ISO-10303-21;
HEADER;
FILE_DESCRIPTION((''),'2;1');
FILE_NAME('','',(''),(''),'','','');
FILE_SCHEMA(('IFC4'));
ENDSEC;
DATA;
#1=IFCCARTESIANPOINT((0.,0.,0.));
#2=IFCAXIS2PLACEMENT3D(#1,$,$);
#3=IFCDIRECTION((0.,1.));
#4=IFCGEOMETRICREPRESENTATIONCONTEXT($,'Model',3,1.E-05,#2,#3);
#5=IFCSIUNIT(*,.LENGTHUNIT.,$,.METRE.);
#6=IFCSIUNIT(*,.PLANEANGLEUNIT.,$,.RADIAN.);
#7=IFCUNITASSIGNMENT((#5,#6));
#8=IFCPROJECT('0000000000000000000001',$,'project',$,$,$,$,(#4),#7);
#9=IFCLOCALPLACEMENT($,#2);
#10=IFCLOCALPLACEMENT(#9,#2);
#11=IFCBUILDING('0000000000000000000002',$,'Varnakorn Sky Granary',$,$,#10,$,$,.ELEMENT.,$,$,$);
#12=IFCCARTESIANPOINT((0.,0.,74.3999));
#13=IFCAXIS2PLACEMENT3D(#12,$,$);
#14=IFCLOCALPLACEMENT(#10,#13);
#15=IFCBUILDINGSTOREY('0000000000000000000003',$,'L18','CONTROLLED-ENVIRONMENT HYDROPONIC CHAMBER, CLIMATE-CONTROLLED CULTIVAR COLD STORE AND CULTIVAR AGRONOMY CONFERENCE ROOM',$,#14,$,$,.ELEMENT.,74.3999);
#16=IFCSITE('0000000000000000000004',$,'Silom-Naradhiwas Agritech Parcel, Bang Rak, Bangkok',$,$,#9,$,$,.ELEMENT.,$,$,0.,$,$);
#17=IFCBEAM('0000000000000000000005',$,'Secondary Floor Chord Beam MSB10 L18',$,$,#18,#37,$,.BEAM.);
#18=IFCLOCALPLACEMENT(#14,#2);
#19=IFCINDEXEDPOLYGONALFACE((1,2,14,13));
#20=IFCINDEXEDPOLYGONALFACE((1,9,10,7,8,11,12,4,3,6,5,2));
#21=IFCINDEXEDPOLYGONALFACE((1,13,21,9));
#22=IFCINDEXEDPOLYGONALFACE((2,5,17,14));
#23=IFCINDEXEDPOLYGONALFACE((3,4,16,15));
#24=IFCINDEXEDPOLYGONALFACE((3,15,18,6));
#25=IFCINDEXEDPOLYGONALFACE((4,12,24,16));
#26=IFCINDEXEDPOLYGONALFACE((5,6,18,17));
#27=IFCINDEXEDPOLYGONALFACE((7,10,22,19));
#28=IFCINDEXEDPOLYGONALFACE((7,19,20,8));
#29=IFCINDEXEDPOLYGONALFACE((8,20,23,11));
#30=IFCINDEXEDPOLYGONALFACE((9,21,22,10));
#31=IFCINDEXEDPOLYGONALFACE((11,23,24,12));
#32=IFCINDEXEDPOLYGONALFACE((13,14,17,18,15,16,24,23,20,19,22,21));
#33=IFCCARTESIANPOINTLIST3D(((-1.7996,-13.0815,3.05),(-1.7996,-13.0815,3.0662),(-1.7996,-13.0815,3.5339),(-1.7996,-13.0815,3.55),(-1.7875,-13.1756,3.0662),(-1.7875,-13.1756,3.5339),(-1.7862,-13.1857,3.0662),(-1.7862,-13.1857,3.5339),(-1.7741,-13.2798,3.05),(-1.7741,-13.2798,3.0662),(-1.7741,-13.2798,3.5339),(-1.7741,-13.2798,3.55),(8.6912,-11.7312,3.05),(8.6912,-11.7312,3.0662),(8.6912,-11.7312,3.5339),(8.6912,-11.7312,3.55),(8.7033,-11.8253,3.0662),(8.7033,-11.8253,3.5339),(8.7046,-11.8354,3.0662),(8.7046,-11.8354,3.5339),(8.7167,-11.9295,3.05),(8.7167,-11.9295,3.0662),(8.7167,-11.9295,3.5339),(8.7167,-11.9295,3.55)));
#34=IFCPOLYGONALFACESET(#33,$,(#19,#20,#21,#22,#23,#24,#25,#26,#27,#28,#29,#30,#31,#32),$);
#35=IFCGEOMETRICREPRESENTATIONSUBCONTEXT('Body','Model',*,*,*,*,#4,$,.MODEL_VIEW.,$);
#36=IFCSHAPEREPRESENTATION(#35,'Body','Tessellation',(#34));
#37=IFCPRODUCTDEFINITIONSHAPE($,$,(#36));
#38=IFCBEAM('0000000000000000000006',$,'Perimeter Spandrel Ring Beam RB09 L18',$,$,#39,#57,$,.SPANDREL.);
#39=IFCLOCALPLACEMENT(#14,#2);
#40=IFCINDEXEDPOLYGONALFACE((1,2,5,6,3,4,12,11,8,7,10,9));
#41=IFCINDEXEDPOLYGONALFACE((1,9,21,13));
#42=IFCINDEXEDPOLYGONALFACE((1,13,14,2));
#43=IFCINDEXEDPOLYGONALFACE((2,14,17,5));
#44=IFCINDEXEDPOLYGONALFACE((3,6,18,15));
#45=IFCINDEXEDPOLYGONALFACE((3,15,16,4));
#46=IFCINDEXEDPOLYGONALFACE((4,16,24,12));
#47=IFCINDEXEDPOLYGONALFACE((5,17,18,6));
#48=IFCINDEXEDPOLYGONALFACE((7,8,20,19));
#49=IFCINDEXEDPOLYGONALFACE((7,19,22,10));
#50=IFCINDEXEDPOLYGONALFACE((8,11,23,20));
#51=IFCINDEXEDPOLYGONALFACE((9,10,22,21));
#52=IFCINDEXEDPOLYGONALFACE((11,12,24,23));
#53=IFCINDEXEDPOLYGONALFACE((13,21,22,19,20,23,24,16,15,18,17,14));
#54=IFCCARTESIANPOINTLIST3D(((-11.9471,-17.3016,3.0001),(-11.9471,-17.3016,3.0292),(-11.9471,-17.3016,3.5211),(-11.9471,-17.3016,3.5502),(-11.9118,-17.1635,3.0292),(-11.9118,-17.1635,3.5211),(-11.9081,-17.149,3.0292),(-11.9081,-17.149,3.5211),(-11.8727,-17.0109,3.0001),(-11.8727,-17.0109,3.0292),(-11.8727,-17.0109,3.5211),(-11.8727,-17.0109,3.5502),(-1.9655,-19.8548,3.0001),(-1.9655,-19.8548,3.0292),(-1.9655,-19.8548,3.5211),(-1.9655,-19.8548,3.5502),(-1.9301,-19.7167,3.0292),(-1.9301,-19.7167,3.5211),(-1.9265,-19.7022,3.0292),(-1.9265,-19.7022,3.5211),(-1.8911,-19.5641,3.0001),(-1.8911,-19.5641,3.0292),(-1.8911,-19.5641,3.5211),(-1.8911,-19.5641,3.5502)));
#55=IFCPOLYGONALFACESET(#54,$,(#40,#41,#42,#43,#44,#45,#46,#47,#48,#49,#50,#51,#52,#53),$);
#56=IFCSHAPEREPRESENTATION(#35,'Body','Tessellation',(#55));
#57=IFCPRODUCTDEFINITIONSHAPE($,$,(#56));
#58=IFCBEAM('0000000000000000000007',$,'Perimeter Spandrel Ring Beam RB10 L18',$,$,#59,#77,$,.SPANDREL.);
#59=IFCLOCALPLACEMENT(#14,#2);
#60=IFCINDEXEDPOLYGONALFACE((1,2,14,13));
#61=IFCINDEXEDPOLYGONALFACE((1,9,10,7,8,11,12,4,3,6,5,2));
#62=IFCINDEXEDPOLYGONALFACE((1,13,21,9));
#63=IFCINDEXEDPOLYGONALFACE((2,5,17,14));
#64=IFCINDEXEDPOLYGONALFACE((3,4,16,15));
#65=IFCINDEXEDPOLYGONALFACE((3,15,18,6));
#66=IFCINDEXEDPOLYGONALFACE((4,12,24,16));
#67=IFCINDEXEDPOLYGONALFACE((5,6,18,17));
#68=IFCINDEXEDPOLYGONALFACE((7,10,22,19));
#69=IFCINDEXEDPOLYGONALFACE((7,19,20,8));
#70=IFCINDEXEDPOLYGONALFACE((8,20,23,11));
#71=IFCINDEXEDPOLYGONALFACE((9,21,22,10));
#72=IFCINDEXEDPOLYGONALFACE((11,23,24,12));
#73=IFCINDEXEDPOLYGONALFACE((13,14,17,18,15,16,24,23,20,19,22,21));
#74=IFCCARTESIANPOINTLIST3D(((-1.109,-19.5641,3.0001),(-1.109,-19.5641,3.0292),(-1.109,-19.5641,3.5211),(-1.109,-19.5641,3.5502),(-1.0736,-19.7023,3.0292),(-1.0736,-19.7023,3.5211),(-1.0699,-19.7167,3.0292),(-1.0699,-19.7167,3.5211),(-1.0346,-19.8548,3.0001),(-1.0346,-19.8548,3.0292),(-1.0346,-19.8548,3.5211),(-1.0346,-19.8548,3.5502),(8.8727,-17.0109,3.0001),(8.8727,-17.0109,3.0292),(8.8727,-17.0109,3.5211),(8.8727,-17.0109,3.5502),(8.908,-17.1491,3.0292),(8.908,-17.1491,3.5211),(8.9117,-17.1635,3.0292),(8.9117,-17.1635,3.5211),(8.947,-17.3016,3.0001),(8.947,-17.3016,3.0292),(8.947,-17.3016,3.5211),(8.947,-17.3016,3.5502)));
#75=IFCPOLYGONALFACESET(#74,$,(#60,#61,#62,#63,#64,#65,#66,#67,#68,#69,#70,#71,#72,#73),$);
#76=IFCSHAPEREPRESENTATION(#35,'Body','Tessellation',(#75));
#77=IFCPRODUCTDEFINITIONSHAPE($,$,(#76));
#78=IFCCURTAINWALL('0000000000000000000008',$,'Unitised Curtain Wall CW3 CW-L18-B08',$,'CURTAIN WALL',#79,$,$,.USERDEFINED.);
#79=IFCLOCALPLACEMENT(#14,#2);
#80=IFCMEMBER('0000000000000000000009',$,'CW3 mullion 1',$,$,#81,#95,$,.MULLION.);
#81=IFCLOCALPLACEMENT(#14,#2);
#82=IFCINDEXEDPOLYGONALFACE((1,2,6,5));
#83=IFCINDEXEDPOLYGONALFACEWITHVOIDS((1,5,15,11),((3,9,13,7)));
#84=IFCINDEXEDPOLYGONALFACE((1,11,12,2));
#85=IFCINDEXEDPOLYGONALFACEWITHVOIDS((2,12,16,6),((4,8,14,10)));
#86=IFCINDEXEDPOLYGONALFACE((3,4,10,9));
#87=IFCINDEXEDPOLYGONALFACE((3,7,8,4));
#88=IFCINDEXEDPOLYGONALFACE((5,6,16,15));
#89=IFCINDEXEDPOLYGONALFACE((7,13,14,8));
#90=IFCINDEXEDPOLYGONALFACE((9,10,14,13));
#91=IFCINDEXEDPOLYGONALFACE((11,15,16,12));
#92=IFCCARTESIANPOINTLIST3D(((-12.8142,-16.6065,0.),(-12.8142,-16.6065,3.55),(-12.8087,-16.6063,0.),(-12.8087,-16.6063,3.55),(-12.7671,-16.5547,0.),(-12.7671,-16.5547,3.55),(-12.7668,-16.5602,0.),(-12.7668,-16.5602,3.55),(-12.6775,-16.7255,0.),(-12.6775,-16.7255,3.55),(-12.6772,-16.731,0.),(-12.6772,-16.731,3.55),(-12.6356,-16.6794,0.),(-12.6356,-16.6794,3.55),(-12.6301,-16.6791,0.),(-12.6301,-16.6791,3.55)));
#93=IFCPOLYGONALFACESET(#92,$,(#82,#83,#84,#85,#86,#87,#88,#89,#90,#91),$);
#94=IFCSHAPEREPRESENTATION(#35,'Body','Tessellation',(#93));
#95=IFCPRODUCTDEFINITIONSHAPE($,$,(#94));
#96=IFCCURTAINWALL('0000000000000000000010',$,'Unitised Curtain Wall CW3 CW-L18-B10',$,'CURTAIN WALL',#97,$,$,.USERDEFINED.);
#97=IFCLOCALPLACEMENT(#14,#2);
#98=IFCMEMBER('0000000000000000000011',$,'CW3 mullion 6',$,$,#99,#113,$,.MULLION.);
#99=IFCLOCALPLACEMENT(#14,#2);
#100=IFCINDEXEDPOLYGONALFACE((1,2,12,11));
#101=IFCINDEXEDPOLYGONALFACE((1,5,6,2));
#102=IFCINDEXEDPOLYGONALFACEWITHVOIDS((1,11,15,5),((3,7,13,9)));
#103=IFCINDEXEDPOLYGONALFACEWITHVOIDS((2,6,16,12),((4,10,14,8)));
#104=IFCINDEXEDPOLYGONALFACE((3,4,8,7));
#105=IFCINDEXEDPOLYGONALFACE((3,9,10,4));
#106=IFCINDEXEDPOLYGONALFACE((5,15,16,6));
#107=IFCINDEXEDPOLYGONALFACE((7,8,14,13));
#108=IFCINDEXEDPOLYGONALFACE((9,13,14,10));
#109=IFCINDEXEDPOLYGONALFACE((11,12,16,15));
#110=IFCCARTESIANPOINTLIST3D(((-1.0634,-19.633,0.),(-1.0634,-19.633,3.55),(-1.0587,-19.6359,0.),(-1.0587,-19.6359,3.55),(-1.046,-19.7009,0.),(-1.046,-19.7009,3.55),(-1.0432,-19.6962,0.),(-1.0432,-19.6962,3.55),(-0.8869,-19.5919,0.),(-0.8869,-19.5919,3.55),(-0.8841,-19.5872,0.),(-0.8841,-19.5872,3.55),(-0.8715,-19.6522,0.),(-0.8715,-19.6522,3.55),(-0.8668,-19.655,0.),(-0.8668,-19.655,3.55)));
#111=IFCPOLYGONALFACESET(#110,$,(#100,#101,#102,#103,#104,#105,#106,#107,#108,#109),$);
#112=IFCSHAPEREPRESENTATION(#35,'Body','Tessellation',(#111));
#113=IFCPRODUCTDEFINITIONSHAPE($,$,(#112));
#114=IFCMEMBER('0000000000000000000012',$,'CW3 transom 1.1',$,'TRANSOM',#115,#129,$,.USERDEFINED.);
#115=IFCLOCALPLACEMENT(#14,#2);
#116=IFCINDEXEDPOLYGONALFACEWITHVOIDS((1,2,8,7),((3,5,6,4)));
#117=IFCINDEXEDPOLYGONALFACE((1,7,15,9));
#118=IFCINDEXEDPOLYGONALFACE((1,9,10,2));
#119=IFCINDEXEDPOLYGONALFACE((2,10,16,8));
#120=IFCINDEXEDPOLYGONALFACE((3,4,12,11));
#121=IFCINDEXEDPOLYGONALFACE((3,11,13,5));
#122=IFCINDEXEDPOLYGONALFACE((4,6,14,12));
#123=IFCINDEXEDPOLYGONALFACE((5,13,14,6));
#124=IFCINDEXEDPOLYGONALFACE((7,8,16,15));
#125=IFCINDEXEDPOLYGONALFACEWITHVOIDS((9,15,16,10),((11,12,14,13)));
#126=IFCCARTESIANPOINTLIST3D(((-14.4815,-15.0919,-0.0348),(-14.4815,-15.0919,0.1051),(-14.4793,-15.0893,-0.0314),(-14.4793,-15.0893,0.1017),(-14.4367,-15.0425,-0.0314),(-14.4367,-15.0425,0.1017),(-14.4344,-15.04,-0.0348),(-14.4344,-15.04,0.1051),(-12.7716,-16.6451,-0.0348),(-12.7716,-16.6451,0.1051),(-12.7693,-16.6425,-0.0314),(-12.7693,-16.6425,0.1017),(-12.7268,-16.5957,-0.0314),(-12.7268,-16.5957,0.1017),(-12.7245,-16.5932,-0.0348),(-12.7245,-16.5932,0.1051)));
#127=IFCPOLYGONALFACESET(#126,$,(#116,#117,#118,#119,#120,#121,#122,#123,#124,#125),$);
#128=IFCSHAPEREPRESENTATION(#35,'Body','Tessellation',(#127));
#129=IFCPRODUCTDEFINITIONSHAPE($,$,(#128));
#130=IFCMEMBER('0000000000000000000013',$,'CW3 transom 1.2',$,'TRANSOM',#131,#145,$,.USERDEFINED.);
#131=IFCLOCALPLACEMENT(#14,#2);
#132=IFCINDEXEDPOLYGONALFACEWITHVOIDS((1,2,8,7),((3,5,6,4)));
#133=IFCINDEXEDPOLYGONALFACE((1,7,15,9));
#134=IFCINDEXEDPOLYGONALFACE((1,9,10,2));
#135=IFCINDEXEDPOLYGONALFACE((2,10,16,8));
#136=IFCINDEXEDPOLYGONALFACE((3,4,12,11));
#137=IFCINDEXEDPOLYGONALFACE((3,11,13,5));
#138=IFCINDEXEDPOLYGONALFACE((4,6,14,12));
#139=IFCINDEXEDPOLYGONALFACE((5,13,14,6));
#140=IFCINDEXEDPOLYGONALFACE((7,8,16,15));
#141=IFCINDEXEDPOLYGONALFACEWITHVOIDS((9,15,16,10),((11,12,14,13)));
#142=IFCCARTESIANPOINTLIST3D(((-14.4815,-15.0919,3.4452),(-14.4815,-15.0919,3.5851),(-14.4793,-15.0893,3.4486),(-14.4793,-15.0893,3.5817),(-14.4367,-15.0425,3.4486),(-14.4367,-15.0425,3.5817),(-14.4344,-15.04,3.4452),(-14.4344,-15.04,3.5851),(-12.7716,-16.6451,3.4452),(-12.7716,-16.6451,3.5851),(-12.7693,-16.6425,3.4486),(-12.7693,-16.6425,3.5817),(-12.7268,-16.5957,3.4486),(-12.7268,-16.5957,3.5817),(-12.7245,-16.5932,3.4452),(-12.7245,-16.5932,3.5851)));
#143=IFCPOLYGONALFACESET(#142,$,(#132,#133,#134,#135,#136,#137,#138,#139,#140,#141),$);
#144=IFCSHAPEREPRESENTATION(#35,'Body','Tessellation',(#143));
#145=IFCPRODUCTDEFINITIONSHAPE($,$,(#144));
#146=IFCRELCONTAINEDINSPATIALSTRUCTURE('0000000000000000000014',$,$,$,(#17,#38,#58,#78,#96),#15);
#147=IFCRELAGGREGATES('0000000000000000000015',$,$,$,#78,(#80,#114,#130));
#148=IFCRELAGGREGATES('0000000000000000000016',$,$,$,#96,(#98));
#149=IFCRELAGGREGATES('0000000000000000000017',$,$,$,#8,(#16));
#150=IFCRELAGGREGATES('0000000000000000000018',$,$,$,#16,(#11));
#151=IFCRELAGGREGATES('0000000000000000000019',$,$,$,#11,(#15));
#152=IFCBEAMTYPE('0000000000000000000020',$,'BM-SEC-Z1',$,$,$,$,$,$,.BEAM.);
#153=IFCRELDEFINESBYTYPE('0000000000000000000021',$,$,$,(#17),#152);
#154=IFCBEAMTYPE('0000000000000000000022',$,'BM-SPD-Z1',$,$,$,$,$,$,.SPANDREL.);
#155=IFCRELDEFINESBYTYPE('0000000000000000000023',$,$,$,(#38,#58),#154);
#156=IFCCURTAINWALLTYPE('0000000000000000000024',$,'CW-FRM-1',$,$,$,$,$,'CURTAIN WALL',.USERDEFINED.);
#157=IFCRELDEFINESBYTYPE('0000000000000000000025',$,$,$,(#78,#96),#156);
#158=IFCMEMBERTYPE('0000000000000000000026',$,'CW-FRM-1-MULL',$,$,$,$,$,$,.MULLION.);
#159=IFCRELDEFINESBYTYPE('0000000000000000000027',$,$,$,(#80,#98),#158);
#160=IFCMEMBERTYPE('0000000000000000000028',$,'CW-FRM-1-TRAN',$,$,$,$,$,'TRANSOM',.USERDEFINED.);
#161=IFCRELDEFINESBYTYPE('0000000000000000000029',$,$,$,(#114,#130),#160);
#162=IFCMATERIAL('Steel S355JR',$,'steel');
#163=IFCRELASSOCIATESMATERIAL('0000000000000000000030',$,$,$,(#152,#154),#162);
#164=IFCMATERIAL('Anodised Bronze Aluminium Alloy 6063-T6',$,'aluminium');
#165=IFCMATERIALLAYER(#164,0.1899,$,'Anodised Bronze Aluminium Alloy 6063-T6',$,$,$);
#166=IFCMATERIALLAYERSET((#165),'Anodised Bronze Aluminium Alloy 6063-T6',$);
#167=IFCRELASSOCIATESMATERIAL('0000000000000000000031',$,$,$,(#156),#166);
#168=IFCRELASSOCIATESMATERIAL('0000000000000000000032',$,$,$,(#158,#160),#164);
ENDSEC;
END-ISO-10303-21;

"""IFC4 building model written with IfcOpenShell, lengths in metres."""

from ifc_helpers import new_model, si_unit, direction, frame, origin, origin_2d, place, context, subcontext, project, spatial, hollow_rectangle, i_section, extrude, material, layer, layer_set, material_profile, profile_set, type_object, element, aggregate, save


model = new_model("IFC4")

# Units and contexts
model_context = context("Model", 3, precision=1e-05, world=origin(), true_north=direction((0.0, 1.0)))
body_context = subcontext(model_context, "Body", "Model", "MODEL_VIEW")
ifc_project = project(units=[si_unit("LENGTHUNIT", "METRE"), si_unit("PLANEANGLEUNIT", "RADIAN")], contexts=[model_context])

# Site, building, storey
site_placement = place(None, origin())
site = spatial("IfcSite", under=ifc_project, at=site_placement, Name="Silom-Naradhiwas Agritech Parcel, Bang Rak, Bangkok", CompositionType="ELEMENT", RefElevation=0.0)
building_placement = place(site_placement, origin())
building = spatial("IfcBuilding", under=site, at=building_placement, Name="Varnakorn Sky Granary", CompositionType="ELEMENT")
storey_placement = place(building_placement, frame((0.0, 0.0, 74.3999)))
storey = spatial("IfcBuildingStorey", under=building, at=storey_placement, Name="L18", Description="CONTROLLED-ENVIRONMENT HYDROPONIC CHAMBER, CLIMATE-CONTROLLED CULTIVAR COLD STORE AND CULTIVAR AGRONOMY CONFERENCE ROOM", CompositionType="ELEMENT", Elevation=74.3999)

# Beams
ifc_material_1 = material(Name="Steel S355JR", Category="steel")
ifc_material_profile_1 = material_profile(ifc_material_1, i_section(OverallWidth=0.2, OverallDepth=0.5, WebThickness=0.0103, FlangeThickness=0.0161, at=origin_2d()), Name="IPE 500")
ifc_profile_set_1 = profile_set([ifc_material_profile_1], Name="Steel S355JR")
beam_type_1 = type_object("IfcBeamType", Name="BM-SEC-Z1", PredefinedType="BEAM", material=ifc_profile_set_1)
beam_1_placement = place(storey_placement, frame((-1.7869, -13.1807, 3.3), z_axis=(0.991818, 0.127662, 0.0), x_axis=(-0.127662, 0.991818, 0.0)))
element("IfcBeam", 1, at=beam_1_placement, inside=storey, type_object=beam_type_1, Name="Secondary Floor Chord Beam MSB10 L18", PredefinedType="BEAM", context=body_context, shape_type="SweptSolid", body=[
    extrude(i_section(OverallWidth=0.2, OverallDepth=0.5, WebThickness=0.0103, FlangeThickness=0.0161, at=origin_2d()), origin(), (0.0, 0.0, 1.0), 10.5774),
])
ifc_material_profile_2 = material_profile(ifc_material_1, i_section(OverallWidth=0.3, OverallDepth=0.55, WebThickness=0.0149, FlangeThickness=0.0291, at=origin_2d()), Name="HE 550 B")
ifc_profile_set_2 = profile_set([ifc_material_profile_2], Name="Steel S355JR")
beam_type_2 = type_object("IfcBeamType", Name="BM-SPD-Z1", PredefinedType="SPANDREL", material=ifc_profile_set_2)
for number, where, z_axis, x_axis, name in (
    (2, (-11.9099, -17.1562, 3.2751), (0.968808, -0.247812, 0.0), (0.247812, 0.968808, 0.0), "Perimeter Spandrel Ring Beam RB09 L18"),
    (3, (-1.0718, -19.7095, 3.2751), (0.968808, 0.247812, 0.0), (-0.247812, 0.968808, 0.0), "Perimeter Spandrel Ring Beam RB10 L18"),
):
    element("IfcBeam", number, at=place(storey_placement, frame(where, z_axis=z_axis, x_axis=x_axis)), inside=storey, type_object=beam_type_2, Name=name, PredefinedType="SPANDREL", context=body_context, shape_type="SweptSolid", body=[
        extrude(i_section(OverallWidth=0.3, OverallDepth=0.55, WebThickness=0.0149, FlangeThickness=0.0291, at=origin_2d()), origin(), (0.0, 0.0, 1.0), 10.303),
    ])

# Curtain walls, members
ifc_material_2 = material(Name="Anodised Bronze Aluminium Alloy 6063-T6", Category="aluminium")
ifc_layer_1 = layer(ifc_material_2, 0.1899, Name="Anodised Bronze Aluminium Alloy 6063-T6")
ifc_layer_set_1 = layer_set([ifc_layer_1], Name="Anodised Bronze Aluminium Alloy 6063-T6")
curtain_wall_type = type_object("IfcCurtainWallType", Name="CW-FRM-1", ElementType="CURTAIN WALL", PredefinedType="USERDEFINED", material=ifc_layer_set_1)
curtain_wall_1_placement = place(storey_placement, origin())
curtain_wall_1 = element("IfcCurtainWall", 4, at=curtain_wall_1_placement, inside=storey, type_object=curtain_wall_type, Name="Unitised Curtain Wall CW3 CW-L18-B08", ObjectType="CURTAIN WALL", PredefinedType="USERDEFINED")
ifc_material_profile_3 = material_profile(ifc_material_2, hollow_rectangle(XDim=0.0701, YDim=0.1851, WallThickness=0.0039, at=origin_2d()), Name="ALU MULL 70x185")
ifc_profile_set_3 = profile_set([ifc_material_profile_3], Name="Anodised Bronze Aluminium Alloy 6063-T6")
member_type_1 = type_object("IfcMemberType", Name="CW-FRM-1-MULL", PredefinedType="MULLION", material=ifc_profile_set_3)
member_1_placement = place(storey_placement, frame((-12.7222, -16.6428, 0.0), z_axis=(0.0, 0.0, 1.0), x_axis=(-0.672398, -0.74019, 0.0)))
member_1 = element("IfcMember", 5, at=member_1_placement, type_object=member_type_1, Name="CW3 mullion 1", PredefinedType="MULLION", context=body_context, shape_type="SweptSolid", body=[
    extrude(hollow_rectangle(XDim=0.0701, YDim=0.1851, WallThickness=0.0039, at=origin_2d()), origin(), (0.0, 0.0, 1.0), 3.55),
])
curtain_wall_2_placement = place(storey_placement, origin())
curtain_wall_2 = element("IfcCurtainWall", 6, at=curtain_wall_2_placement, inside=storey, type_object=curtain_wall_type, Name="Unitised Curtain Wall CW3 CW-L18-B10", ObjectType="CURTAIN WALL", PredefinedType="USERDEFINED")
member_2_placement = place(storey_placement, frame((-0.9651, -19.644, 0.0), z_axis=(0.0, 0.0, 1.0), x_axis=(0.247901, -0.968785, 0.0)))
member_2 = element("IfcMember", 7, at=member_2_placement, type_object=member_type_1, Name="CW3 mullion 6", PredefinedType="MULLION", context=body_context, shape_type="SweptSolid", body=[
    extrude(hollow_rectangle(XDim=0.0701, YDim=0.1851, WallThickness=0.0039, at=origin_2d()), origin(), (0.0, 0.0, 1.0), 3.55),
])

# Members
ifc_material_profile_4 = material_profile(ifc_material_2, hollow_rectangle(XDim=0.0701, YDim=0.1399, WallThickness=0.0034, at=origin_2d()), Name="ALU TRAN 70x140")
ifc_profile_set_4 = profile_set([ifc_material_profile_4], Name="Anodised Bronze Aluminium Alloy 6063-T6")
member_type_2 = type_object("IfcMemberType", Name="CW-FRM-1-TRAN", ElementType="TRANSOM", PredefinedType="USERDEFINED", material=ifc_profile_set_4)
member_3_placement = place(storey_placement, frame((-12.748, -16.6191, 0.0352), z_axis=(-0.740217, 0.672368, 0.0), x_axis=(-0.672368, -0.740217, 0.0)))
member_3 = element("IfcMember", 8, at=member_3_placement, type_object=member_type_2, Name="CW3 transom 1.1", ObjectType="TRANSOM", PredefinedType="USERDEFINED", context=body_context, shape_type="SweptSolid", body=[
    extrude(hollow_rectangle(XDim=0.0701, YDim=0.1399, WallThickness=0.0034, at=origin_2d()), origin(), (0.0, 0.0, 1.0), 2.3101),
])
member_4_placement = place(storey_placement, frame((-12.748, -16.6191, 3.5151), z_axis=(-0.740217, 0.672368, 0.0), x_axis=(-0.672368, -0.740217, 0.0)))
member_4 = element("IfcMember", 9, at=member_4_placement, type_object=member_type_2, Name="CW3 transom 1.2", ObjectType="TRANSOM", PredefinedType="USERDEFINED", context=body_context, shape_type="SweptSolid", body=[
    extrude(hollow_rectangle(XDim=0.0701, YDim=0.1399, WallThickness=0.0034, at=origin_2d()), origin(), (0.0, 0.0, 1.0), 2.3101),
])

aggregate(curtain_wall_1, [member_1, member_3, member_4])
aggregate(curtain_wall_2, [member_2])

save(model, "model.ifc")
